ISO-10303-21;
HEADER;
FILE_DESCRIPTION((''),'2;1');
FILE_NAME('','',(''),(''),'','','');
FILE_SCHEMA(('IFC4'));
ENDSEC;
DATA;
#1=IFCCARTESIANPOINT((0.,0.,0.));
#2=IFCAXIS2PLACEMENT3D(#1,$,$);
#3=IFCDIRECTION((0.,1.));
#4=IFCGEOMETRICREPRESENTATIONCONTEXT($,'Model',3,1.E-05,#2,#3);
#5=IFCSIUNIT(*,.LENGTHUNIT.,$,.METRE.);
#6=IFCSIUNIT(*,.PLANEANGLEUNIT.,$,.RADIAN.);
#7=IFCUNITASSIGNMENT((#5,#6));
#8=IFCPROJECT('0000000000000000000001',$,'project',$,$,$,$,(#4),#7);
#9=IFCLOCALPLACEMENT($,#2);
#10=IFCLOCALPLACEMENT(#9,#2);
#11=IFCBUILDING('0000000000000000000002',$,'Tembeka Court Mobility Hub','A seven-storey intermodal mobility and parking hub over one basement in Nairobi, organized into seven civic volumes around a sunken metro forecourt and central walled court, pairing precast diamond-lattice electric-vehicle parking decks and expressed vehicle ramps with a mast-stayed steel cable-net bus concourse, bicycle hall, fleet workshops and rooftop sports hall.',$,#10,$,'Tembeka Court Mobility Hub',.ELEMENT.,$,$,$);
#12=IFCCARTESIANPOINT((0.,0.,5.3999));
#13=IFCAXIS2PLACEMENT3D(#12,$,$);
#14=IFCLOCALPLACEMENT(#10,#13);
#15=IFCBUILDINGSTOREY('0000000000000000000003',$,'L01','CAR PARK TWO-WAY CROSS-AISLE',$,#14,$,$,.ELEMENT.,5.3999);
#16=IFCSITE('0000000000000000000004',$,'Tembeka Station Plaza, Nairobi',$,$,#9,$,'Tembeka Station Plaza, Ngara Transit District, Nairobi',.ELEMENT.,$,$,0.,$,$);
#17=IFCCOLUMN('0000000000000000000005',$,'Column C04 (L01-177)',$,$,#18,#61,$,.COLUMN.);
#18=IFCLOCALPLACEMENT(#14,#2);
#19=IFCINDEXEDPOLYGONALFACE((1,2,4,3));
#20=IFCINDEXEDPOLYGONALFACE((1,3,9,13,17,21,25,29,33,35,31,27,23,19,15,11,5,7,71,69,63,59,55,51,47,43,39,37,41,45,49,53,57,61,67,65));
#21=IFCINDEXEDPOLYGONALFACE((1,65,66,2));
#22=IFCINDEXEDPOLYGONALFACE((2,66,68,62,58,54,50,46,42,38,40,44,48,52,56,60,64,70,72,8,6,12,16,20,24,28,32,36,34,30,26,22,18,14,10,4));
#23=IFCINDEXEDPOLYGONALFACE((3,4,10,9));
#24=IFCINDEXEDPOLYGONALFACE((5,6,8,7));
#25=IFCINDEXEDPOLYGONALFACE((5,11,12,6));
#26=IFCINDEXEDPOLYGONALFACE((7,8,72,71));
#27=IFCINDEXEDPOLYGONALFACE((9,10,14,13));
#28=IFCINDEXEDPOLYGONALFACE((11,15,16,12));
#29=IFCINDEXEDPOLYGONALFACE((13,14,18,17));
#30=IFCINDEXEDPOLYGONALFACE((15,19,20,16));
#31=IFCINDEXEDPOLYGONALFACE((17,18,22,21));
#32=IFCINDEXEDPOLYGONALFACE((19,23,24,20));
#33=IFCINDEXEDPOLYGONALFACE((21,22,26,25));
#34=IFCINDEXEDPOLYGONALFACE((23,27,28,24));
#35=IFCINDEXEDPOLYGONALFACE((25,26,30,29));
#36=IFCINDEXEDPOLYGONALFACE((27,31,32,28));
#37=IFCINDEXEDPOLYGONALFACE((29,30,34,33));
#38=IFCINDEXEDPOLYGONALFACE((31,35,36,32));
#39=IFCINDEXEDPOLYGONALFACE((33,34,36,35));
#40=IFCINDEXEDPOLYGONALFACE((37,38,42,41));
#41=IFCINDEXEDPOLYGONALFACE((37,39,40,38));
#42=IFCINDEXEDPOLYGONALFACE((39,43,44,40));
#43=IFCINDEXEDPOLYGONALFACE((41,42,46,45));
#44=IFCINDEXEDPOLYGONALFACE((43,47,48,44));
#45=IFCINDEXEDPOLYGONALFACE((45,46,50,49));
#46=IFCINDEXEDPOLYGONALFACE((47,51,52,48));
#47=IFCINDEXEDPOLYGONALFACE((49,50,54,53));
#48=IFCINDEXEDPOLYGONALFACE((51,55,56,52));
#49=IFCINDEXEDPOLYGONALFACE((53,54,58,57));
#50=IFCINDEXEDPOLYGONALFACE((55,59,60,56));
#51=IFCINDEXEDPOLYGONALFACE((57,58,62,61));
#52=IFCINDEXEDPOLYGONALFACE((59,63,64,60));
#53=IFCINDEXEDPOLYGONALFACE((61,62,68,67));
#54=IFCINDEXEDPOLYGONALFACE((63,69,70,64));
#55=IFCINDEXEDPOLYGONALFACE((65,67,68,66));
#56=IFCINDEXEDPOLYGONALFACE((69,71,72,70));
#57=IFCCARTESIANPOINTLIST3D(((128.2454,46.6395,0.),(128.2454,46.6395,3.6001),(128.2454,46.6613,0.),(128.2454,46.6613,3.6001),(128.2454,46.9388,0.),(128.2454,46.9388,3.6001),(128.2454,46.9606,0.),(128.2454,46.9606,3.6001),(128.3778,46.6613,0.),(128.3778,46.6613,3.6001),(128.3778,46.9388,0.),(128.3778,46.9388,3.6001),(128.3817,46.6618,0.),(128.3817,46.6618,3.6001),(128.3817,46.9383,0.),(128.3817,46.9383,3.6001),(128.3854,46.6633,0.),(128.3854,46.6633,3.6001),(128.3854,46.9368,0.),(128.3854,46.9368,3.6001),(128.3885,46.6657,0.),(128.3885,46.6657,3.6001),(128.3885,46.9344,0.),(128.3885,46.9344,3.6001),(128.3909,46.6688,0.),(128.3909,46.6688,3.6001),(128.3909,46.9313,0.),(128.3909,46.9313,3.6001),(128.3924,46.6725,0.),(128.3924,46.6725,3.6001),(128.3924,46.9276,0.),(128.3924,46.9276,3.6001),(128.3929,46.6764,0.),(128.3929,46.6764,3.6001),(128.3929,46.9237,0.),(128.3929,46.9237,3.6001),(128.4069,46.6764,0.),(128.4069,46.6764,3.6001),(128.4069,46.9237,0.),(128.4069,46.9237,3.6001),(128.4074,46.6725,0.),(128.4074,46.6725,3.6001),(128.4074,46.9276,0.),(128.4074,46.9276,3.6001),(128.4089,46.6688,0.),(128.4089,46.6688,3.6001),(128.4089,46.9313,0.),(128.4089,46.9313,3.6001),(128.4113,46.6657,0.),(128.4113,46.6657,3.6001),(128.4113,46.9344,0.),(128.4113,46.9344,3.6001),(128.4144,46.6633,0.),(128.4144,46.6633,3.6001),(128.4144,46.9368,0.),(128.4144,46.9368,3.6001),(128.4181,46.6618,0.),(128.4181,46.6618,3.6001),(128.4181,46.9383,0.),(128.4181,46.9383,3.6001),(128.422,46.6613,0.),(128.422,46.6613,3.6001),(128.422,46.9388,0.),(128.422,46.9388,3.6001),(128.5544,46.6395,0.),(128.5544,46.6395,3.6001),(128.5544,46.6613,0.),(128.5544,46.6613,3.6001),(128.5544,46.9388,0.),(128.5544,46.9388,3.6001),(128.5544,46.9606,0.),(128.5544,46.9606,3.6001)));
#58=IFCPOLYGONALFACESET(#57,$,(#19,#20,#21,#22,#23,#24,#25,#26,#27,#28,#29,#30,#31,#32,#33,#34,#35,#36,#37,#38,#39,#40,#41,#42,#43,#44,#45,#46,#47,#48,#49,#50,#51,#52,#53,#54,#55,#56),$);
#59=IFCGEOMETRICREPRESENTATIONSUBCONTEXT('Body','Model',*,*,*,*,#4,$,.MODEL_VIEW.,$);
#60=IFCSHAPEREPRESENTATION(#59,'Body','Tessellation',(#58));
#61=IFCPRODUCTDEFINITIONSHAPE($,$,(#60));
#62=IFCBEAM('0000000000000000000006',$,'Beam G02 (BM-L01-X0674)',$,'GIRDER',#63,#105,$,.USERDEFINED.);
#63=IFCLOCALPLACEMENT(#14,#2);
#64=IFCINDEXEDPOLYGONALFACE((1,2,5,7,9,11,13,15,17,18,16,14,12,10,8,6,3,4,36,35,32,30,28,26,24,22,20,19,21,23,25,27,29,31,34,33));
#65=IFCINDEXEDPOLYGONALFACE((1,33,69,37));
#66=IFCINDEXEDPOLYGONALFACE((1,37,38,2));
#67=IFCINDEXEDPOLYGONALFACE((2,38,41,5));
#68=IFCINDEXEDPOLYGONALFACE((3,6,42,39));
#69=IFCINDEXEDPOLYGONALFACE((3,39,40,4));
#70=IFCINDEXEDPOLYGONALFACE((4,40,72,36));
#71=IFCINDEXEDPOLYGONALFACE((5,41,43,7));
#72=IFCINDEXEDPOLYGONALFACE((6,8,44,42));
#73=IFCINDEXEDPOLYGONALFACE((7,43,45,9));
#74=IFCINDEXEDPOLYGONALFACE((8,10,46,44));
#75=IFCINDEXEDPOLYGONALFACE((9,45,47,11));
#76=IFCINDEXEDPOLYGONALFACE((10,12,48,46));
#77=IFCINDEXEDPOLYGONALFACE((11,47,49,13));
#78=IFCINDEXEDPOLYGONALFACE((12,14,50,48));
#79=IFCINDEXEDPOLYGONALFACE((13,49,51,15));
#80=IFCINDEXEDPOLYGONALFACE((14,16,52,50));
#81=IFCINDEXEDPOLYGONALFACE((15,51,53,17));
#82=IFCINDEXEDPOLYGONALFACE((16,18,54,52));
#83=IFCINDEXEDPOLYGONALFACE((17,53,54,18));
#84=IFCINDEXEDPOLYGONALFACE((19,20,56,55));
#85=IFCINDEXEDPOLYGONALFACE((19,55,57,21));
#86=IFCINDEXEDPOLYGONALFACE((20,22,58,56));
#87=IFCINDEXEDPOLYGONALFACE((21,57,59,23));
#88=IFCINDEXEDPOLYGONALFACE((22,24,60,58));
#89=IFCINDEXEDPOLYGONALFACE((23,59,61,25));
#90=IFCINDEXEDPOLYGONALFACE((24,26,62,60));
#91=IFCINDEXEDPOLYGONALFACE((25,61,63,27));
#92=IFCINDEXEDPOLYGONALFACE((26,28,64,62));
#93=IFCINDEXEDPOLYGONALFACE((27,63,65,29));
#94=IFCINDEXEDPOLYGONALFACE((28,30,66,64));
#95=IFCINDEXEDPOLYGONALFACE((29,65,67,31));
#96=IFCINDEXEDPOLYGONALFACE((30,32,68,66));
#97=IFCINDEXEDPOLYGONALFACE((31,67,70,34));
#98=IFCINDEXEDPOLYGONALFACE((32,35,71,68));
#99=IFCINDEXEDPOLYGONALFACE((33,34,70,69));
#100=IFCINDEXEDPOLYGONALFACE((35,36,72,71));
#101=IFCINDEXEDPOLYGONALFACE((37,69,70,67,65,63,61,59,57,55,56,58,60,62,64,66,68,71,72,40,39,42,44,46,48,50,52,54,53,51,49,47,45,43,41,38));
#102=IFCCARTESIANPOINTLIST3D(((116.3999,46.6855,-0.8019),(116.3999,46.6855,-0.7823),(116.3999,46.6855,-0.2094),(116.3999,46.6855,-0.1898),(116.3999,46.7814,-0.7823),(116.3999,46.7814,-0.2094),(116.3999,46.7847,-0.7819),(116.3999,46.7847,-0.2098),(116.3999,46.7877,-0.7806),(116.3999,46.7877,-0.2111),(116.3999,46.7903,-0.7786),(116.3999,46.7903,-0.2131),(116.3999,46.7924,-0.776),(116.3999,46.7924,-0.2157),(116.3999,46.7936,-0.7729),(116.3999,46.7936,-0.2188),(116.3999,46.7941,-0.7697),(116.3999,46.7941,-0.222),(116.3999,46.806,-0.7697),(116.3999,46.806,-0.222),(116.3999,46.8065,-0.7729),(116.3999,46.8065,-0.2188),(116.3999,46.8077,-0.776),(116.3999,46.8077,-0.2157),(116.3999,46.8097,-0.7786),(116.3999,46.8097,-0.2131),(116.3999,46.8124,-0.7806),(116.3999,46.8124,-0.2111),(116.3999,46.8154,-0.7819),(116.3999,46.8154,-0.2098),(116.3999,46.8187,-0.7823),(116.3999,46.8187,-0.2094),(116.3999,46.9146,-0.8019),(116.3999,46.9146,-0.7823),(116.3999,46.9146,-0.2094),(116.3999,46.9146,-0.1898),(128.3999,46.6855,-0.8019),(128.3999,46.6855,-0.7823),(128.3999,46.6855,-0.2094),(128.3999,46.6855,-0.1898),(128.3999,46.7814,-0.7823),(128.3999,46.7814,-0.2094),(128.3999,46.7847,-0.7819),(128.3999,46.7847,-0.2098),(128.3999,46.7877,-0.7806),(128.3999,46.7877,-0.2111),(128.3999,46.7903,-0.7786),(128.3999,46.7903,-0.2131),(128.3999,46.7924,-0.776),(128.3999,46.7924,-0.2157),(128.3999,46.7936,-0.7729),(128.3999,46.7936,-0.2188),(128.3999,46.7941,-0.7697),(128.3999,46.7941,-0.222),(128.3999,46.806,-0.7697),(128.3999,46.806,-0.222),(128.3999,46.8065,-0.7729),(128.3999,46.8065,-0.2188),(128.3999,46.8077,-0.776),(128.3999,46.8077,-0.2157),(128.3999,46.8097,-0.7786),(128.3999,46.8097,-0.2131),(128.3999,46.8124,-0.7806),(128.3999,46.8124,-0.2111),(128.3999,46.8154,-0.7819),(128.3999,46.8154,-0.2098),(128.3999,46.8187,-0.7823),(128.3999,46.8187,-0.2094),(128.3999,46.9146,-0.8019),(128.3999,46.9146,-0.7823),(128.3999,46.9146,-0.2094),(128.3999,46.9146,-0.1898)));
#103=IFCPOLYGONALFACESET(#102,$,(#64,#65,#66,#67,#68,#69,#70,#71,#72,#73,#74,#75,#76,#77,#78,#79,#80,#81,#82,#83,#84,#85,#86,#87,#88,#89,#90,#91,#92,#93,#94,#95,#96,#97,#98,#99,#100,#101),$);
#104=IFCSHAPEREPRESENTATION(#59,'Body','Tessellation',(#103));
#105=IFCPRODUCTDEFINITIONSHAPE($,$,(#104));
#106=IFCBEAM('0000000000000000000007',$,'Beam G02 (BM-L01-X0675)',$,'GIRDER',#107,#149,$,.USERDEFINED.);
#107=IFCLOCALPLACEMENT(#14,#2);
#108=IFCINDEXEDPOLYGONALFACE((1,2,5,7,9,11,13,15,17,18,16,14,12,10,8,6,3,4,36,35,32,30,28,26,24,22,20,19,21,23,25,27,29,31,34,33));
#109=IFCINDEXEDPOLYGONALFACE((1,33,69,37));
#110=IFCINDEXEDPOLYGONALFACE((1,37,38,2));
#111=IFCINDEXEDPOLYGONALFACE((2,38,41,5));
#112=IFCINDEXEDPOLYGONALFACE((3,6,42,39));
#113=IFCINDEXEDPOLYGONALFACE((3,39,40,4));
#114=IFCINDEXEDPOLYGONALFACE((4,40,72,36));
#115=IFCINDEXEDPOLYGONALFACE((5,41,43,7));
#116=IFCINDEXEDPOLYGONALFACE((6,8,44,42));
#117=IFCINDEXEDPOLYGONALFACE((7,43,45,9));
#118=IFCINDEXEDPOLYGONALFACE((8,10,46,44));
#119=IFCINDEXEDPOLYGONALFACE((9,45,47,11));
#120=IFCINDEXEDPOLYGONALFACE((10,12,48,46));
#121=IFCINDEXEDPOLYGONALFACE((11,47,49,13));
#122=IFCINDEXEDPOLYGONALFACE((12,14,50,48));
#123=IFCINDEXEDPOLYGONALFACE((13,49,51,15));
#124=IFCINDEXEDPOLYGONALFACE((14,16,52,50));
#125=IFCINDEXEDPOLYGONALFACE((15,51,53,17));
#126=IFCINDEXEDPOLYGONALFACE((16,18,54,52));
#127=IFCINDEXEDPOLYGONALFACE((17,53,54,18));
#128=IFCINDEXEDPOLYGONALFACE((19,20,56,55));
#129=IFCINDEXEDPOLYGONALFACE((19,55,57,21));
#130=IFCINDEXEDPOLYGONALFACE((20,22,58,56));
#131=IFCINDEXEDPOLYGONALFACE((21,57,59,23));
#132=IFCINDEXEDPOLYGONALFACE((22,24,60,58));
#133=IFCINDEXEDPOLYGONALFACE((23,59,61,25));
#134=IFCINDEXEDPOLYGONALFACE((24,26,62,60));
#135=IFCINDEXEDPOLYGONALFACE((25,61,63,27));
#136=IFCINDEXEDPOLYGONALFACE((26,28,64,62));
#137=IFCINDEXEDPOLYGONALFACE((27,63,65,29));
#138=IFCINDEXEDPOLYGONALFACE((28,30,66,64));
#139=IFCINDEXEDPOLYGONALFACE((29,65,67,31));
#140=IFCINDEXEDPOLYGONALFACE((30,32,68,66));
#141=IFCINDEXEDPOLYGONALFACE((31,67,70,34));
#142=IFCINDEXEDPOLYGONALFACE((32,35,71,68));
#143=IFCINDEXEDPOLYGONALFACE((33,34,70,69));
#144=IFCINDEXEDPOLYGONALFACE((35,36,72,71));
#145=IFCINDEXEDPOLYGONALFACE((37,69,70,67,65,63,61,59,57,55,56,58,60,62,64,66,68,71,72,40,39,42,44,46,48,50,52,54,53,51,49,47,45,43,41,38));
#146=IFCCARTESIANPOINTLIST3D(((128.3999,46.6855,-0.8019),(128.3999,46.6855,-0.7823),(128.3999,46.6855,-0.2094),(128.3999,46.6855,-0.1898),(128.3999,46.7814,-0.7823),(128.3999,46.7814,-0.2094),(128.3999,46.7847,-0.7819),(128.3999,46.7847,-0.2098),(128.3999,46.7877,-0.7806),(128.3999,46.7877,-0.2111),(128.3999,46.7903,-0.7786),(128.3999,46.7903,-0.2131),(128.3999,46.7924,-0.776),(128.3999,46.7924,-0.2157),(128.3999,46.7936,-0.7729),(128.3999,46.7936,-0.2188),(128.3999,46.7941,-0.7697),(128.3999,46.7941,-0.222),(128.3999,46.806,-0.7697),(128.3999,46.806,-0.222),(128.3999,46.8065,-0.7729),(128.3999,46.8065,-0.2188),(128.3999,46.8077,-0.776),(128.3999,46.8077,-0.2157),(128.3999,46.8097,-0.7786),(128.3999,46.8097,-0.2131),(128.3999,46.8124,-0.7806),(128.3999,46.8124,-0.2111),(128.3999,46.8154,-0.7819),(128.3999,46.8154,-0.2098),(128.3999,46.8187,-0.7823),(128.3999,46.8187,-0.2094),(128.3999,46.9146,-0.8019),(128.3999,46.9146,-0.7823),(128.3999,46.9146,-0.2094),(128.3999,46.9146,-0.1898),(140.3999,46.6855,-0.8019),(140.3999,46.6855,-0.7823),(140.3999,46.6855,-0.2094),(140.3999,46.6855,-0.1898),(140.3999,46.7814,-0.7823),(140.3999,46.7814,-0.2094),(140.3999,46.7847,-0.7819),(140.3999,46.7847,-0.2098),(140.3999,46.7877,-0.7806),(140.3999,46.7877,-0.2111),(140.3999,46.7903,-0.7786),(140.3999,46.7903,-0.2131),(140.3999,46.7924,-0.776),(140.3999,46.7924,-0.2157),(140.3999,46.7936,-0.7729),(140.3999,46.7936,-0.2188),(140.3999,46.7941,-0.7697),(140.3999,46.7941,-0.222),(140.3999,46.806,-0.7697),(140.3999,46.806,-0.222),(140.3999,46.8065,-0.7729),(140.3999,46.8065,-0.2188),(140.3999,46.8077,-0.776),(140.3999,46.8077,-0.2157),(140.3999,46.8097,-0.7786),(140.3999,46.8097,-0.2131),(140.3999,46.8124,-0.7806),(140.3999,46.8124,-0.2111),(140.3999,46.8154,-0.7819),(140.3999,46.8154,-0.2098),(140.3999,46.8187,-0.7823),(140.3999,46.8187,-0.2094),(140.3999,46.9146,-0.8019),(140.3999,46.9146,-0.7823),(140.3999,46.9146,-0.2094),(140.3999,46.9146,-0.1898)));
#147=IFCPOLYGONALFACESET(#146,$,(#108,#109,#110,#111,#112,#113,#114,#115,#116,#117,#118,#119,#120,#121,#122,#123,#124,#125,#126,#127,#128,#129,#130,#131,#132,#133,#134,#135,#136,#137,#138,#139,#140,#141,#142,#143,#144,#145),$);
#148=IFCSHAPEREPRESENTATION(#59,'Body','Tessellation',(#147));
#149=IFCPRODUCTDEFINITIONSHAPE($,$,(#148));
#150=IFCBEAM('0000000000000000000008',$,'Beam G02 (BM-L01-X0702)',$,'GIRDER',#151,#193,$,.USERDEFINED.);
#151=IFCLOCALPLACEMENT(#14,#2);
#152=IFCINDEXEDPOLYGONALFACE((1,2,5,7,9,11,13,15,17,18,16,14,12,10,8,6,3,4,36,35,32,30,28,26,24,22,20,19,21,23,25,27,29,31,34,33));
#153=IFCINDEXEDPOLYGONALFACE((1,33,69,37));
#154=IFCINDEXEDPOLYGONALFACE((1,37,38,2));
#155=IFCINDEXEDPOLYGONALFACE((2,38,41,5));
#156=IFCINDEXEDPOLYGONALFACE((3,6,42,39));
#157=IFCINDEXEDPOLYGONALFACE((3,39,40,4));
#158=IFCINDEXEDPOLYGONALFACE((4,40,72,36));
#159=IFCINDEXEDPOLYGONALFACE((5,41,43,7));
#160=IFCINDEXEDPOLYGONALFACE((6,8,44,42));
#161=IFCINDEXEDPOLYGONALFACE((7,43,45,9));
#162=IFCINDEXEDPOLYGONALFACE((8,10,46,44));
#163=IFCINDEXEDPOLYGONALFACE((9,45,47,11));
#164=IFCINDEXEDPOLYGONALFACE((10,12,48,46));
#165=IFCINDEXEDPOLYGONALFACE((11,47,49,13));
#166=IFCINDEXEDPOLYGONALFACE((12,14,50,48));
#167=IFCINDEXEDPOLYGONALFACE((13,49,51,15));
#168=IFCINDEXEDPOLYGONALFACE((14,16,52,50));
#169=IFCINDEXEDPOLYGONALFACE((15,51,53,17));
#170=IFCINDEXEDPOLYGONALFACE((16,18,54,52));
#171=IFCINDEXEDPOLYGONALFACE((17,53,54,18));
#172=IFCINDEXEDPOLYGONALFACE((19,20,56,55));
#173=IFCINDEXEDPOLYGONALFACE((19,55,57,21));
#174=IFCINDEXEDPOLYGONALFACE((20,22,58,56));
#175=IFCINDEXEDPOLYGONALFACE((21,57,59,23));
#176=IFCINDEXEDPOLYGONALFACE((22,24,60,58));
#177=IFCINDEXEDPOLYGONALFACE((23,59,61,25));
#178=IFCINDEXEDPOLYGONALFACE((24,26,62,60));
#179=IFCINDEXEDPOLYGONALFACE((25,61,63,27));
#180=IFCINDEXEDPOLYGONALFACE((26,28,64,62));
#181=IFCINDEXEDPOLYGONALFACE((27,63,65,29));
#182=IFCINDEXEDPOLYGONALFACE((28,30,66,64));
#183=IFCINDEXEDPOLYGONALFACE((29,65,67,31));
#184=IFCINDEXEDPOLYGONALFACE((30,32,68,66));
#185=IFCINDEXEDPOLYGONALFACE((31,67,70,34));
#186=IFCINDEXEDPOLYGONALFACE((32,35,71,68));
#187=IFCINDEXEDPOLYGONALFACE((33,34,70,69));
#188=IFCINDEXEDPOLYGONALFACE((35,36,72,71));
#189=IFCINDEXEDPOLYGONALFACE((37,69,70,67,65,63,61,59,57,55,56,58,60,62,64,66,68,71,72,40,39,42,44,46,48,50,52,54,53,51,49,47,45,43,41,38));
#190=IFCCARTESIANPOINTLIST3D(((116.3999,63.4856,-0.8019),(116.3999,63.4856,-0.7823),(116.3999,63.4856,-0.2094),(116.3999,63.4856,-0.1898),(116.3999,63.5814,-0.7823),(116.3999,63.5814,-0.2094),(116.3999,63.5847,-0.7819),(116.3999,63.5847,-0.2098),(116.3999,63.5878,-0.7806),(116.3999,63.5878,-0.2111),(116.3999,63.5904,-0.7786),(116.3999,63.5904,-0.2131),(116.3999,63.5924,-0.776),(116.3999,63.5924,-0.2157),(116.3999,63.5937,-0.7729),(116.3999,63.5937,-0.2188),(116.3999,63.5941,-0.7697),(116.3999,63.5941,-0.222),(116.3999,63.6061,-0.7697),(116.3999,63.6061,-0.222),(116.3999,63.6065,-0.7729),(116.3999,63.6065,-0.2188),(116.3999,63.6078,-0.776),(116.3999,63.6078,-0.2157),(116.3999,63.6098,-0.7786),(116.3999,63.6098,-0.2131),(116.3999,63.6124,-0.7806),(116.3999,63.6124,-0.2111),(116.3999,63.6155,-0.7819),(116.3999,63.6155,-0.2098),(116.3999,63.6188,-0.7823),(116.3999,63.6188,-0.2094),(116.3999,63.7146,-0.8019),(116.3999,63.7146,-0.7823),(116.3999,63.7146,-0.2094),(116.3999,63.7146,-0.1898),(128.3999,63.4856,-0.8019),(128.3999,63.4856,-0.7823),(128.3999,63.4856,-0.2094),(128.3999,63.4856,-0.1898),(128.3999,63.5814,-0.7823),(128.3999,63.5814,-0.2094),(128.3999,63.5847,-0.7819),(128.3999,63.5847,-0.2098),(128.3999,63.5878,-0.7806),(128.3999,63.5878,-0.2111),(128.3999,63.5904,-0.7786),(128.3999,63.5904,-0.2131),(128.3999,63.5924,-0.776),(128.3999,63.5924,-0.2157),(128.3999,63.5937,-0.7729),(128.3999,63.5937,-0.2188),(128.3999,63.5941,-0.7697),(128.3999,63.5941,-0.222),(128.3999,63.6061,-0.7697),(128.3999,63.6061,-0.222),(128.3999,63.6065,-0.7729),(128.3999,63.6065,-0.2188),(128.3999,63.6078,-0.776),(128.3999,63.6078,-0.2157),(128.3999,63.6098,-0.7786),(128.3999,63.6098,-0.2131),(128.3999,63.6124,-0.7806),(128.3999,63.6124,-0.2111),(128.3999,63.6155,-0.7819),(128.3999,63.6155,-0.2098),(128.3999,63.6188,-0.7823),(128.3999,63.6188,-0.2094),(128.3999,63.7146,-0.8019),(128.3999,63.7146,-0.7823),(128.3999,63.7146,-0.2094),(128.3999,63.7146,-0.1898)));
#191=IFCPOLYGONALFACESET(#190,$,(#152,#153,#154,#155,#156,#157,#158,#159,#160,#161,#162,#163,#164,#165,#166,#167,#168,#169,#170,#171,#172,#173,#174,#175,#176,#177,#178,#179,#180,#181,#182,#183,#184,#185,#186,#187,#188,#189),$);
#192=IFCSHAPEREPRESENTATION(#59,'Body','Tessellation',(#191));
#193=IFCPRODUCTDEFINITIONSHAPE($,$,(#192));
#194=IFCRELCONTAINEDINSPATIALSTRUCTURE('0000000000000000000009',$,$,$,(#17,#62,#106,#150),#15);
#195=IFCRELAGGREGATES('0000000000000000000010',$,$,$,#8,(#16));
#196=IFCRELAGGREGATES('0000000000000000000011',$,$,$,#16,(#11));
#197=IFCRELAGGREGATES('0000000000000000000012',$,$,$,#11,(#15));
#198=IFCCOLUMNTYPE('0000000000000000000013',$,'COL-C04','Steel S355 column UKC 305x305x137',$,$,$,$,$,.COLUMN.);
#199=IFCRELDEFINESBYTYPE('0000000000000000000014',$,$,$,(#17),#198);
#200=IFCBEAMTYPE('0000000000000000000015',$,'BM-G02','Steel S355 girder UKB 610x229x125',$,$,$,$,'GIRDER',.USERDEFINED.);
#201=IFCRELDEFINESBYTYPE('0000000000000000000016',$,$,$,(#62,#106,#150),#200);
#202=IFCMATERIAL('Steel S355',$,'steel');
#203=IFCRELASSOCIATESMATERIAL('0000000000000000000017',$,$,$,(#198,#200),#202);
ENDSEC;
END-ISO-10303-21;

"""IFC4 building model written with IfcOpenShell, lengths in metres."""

from ifc_helpers import new_model, si_unit, direction, frame, origin, origin_2d, place, context, subcontext, project, spatial, i_section, extrude, material, material_profile, profile_set, type_object, element, save


model = new_model("IFC4")

# Units and contexts
model_context = context("Model", 3, precision=1e-05, world=origin(), true_north=direction((0.0, 1.0)))
body_context = subcontext(model_context, "Body", "Model", "MODEL_VIEW")
ifc_project = project(units=[si_unit("LENGTHUNIT", "METRE"), si_unit("PLANEANGLEUNIT", "RADIAN")], contexts=[model_context])

# Site, building, storey
site_placement = place(None, origin())
site = spatial("IfcSite", under=ifc_project, at=site_placement, Name="Tembeka Station Plaza, Nairobi", LongName="Tembeka Station Plaza, Ngara Transit District, Nairobi", CompositionType="ELEMENT", RefElevation=0.0)
building_placement = place(site_placement, origin())
building = spatial("IfcBuilding", under=site, at=building_placement, Name="Tembeka Court Mobility Hub", Description="A seven-storey intermodal mobility and parking hub over one basement in Nairobi, organized into seven civic volumes around a sunken metro forecourt and central walled court, pairing precast diamond-lattice electric-vehicle parking decks and expressed vehicle ramps with a mast-stayed steel cable-net bus concourse, bicycle hall, fleet workshops and rooftop sports hall.", LongName="Tembeka Court Mobility Hub", CompositionType="ELEMENT")
storey_placement = place(building_placement, frame((0.0, 0.0, 5.3999)))
storey = spatial("IfcBuildingStorey", under=building, at=storey_placement, Name="L01", Description="CAR PARK TWO-WAY CROSS-AISLE", CompositionType="ELEMENT", Elevation=5.3999)

# Column
ifc_material_1 = material(Name="Steel S355", Category="steel")
ifc_material_profile_1 = material_profile(ifc_material_1, i_section(OverallWidth=0.3091, OverallDepth=0.321, WebThickness=0.0139, FlangeThickness=0.0217, FilletRadius=0.0151, at=origin_2d()), Name="UKC 305x305x137")
ifc_profile_set_1 = profile_set([ifc_material_profile_1], Name="Steel S355")
column_type = type_object("IfcColumnType", Name="COL-C04", Description="Steel S355 column UKC 305x305x137", PredefinedType="COLUMN", material=ifc_profile_set_1)
column_placement = place(storey_placement, frame((128.3999, 46.8, 0.0), z_axis=(0.0, 0.0, 1.0), x_axis=(1.0, 0.0, 0.0)))
element("IfcColumn", 1, at=column_placement, inside=storey, type_object=column_type, Name="Column C04 (L01-177)", PredefinedType="COLUMN", context=body_context, shape_type="SweptSolid", body=[
    extrude(i_section(OverallWidth=0.3091, OverallDepth=0.321, WebThickness=0.0139, FlangeThickness=0.0217, FilletRadius=0.0151, at=origin_2d()), origin(), (0.0, 0.0, 1.0), 3.6001),
])

# Beams
ifc_material_profile_2 = material_profile(ifc_material_1, i_section(OverallWidth=0.229, OverallDepth=0.6121, WebThickness=0.012, FlangeThickness=0.0195, FilletRadius=0.0127, at=origin_2d()), Name="UKB 610x229x125")
ifc_profile_set_2 = profile_set([ifc_material_profile_2], Name="Steel S355")
beam_type_1 = type_object("IfcBeamType", Name="BM-G02", Description="Steel S355 girder UKB 610x229x125", ElementType="GIRDER", PredefinedType="USERDEFINED", material=ifc_profile_set_2)
for number, where, z_axis, x_axis, name in (
    (2, (116.3999, 46.8, -0.4958), (1.0, 0.0, 0.0), (0.0, 1.0, 0.0), "Beam G02 (BM-L01-X0674)"),
    (3, (128.3999, 46.8, -0.4958), (1.0, 0.0, 0.0), (0.0, 1.0, 0.0), "Beam G02 (BM-L01-X0675)"),
    (4, (116.3999, 63.6001, -0.4958), (1.0, 0.0, 0.0), (0.0, 1.0, 0.0), "Beam G02 (BM-L01-X0702)"),
):
    element("IfcBeam", number, at=place(storey_placement, frame(where, z_axis=z_axis, x_axis=x_axis)), inside=storey, type_object=beam_type_1, Name=name, ObjectType="GIRDER", PredefinedType="USERDEFINED", context=body_context, shape_type="SweptSolid", body=[
        extrude(i_section(OverallWidth=0.229, OverallDepth=0.6121, WebThickness=0.012, FlangeThickness=0.0195, FilletRadius=0.0127, at=origin_2d()), origin(), (0.0, 0.0, 1.0), 12.0),
    ])

save(model, "model.ifc")
